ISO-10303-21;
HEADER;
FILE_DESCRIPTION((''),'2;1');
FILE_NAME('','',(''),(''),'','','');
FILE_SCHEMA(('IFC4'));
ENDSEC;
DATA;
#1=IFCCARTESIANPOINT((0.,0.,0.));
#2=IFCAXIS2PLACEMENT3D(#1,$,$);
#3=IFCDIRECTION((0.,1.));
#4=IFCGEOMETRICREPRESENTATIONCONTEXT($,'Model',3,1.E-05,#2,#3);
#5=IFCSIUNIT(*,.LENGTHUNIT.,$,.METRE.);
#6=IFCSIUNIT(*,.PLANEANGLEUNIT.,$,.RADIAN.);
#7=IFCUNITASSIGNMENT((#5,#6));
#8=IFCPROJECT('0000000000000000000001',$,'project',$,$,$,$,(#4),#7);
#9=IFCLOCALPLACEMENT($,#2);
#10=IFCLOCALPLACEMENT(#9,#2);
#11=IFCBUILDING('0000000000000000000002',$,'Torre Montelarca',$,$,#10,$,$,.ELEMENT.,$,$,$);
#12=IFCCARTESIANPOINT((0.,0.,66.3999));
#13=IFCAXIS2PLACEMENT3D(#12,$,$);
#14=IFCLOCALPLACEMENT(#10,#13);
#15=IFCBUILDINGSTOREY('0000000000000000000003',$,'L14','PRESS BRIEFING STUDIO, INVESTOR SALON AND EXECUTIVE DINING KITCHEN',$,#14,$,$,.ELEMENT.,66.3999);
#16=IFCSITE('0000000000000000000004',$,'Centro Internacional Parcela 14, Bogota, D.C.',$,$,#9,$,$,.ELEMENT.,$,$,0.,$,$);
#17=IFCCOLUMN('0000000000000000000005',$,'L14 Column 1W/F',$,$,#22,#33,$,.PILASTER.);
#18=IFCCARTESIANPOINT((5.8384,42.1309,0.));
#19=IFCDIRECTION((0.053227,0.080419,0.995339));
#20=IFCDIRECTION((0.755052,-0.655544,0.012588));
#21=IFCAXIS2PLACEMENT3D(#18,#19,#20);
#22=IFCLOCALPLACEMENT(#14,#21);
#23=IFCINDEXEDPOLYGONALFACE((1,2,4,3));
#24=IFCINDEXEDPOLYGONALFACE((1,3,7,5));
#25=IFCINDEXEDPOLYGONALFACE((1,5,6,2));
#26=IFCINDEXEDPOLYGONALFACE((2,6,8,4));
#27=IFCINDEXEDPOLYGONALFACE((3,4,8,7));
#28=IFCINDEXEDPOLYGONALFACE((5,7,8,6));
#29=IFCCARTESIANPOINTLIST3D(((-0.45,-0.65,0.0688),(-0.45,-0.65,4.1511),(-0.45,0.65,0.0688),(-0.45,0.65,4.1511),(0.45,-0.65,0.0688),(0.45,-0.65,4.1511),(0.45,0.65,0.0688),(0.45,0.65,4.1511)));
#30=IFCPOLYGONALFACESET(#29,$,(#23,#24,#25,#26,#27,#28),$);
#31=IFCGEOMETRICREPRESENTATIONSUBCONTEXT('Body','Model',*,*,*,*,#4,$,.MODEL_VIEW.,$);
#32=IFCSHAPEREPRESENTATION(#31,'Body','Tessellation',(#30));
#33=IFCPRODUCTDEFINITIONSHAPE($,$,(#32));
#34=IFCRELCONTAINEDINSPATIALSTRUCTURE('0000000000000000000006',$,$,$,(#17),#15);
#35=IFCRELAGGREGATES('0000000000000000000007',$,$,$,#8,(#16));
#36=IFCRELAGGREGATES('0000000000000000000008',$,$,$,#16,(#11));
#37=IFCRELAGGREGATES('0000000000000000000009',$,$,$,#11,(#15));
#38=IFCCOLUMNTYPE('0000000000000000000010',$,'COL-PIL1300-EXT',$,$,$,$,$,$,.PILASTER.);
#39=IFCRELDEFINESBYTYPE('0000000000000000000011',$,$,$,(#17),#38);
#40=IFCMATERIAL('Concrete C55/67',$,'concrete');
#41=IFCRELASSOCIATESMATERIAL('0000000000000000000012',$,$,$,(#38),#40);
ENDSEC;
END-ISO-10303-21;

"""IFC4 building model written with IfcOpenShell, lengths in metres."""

from ifc_helpers import new_model, si_unit, direction, frame, origin, origin_2d, place, context, subcontext, project, spatial, rectangle, extrude, clip, halfspace, material, material_profile, profile_set, type_object, element, save


model = new_model("IFC4")

# Units and contexts
model_context = context("Model", 3, precision=1e-05, world=origin(), true_north=direction((0.0, 1.0)))
body_context = subcontext(model_context, "Body", "Model", "MODEL_VIEW")
ifc_project = project(units=[si_unit("LENGTHUNIT", "METRE"), si_unit("PLANEANGLEUNIT", "RADIAN")], contexts=[model_context])

# Site, building, storey
site_placement = place(None, origin())
site = spatial("IfcSite", under=ifc_project, at=site_placement, Name="Centro Internacional Parcela 14, Bogota, D.C.", CompositionType="ELEMENT", RefElevation=0.0)
building_placement = place(site_placement, origin())
building = spatial("IfcBuilding", under=site, at=building_placement, Name="Torre Montelarca", CompositionType="ELEMENT")
storey_placement = place(building_placement, frame((0.0, 0.0, 66.3999)))
storey = spatial("IfcBuildingStorey", under=building, at=storey_placement, Name="L14", Description="PRESS BRIEFING STUDIO, INVESTOR SALON AND EXECUTIVE DINING KITCHEN", CompositionType="ELEMENT", Elevation=66.3999)

# Column
ifc_material_1 = material(Name="Concrete C55/67", Category="concrete")
ifc_material_profile_1 = material_profile(ifc_material_1, rectangle(XDim=0.8999, YDim=1.3, at=origin_2d()), Name="RC1300X900", Category="concrete")
ifc_profile_set_1 = profile_set([ifc_material_profile_1], Name="Concrete C55/67")
column_type = type_object("IfcColumnType", Name="COL-PIL1300-EXT", PredefinedType="PILASTER", material=ifc_profile_set_1)
column_placement = place(storey_placement, frame((5.8384, 42.1309, 0.0), z_axis=(0.053227, 0.080419, 0.995339), x_axis=(0.755052, -0.655544, 0.012588)))
element("IfcColumn", 1, at=column_placement, inside=storey, type_object=column_type, Name="L14 Column 1W/F", PredefinedType="PILASTER", context=body_context, shape_type="Clipping", body=[
    clip(clip(extrude(rectangle(XDim=0.8999, YDim=1.3, at=origin_2d()), origin(), (0.0, 0.0, 1.0), 4.22), halfspace(frame((0.0, 0.0, 0.0688), z_axis=(0.0, 0.0, -1.0), x_axis=(1.0, 0.0, 0.0)), False)), halfspace(frame((0.0, 0.0, 4.1511), z_axis=(0.0, 0.0, 1.0), x_axis=(1.0, 0.0, 0.0)), False)),
])

save(model, "model.ifc")
